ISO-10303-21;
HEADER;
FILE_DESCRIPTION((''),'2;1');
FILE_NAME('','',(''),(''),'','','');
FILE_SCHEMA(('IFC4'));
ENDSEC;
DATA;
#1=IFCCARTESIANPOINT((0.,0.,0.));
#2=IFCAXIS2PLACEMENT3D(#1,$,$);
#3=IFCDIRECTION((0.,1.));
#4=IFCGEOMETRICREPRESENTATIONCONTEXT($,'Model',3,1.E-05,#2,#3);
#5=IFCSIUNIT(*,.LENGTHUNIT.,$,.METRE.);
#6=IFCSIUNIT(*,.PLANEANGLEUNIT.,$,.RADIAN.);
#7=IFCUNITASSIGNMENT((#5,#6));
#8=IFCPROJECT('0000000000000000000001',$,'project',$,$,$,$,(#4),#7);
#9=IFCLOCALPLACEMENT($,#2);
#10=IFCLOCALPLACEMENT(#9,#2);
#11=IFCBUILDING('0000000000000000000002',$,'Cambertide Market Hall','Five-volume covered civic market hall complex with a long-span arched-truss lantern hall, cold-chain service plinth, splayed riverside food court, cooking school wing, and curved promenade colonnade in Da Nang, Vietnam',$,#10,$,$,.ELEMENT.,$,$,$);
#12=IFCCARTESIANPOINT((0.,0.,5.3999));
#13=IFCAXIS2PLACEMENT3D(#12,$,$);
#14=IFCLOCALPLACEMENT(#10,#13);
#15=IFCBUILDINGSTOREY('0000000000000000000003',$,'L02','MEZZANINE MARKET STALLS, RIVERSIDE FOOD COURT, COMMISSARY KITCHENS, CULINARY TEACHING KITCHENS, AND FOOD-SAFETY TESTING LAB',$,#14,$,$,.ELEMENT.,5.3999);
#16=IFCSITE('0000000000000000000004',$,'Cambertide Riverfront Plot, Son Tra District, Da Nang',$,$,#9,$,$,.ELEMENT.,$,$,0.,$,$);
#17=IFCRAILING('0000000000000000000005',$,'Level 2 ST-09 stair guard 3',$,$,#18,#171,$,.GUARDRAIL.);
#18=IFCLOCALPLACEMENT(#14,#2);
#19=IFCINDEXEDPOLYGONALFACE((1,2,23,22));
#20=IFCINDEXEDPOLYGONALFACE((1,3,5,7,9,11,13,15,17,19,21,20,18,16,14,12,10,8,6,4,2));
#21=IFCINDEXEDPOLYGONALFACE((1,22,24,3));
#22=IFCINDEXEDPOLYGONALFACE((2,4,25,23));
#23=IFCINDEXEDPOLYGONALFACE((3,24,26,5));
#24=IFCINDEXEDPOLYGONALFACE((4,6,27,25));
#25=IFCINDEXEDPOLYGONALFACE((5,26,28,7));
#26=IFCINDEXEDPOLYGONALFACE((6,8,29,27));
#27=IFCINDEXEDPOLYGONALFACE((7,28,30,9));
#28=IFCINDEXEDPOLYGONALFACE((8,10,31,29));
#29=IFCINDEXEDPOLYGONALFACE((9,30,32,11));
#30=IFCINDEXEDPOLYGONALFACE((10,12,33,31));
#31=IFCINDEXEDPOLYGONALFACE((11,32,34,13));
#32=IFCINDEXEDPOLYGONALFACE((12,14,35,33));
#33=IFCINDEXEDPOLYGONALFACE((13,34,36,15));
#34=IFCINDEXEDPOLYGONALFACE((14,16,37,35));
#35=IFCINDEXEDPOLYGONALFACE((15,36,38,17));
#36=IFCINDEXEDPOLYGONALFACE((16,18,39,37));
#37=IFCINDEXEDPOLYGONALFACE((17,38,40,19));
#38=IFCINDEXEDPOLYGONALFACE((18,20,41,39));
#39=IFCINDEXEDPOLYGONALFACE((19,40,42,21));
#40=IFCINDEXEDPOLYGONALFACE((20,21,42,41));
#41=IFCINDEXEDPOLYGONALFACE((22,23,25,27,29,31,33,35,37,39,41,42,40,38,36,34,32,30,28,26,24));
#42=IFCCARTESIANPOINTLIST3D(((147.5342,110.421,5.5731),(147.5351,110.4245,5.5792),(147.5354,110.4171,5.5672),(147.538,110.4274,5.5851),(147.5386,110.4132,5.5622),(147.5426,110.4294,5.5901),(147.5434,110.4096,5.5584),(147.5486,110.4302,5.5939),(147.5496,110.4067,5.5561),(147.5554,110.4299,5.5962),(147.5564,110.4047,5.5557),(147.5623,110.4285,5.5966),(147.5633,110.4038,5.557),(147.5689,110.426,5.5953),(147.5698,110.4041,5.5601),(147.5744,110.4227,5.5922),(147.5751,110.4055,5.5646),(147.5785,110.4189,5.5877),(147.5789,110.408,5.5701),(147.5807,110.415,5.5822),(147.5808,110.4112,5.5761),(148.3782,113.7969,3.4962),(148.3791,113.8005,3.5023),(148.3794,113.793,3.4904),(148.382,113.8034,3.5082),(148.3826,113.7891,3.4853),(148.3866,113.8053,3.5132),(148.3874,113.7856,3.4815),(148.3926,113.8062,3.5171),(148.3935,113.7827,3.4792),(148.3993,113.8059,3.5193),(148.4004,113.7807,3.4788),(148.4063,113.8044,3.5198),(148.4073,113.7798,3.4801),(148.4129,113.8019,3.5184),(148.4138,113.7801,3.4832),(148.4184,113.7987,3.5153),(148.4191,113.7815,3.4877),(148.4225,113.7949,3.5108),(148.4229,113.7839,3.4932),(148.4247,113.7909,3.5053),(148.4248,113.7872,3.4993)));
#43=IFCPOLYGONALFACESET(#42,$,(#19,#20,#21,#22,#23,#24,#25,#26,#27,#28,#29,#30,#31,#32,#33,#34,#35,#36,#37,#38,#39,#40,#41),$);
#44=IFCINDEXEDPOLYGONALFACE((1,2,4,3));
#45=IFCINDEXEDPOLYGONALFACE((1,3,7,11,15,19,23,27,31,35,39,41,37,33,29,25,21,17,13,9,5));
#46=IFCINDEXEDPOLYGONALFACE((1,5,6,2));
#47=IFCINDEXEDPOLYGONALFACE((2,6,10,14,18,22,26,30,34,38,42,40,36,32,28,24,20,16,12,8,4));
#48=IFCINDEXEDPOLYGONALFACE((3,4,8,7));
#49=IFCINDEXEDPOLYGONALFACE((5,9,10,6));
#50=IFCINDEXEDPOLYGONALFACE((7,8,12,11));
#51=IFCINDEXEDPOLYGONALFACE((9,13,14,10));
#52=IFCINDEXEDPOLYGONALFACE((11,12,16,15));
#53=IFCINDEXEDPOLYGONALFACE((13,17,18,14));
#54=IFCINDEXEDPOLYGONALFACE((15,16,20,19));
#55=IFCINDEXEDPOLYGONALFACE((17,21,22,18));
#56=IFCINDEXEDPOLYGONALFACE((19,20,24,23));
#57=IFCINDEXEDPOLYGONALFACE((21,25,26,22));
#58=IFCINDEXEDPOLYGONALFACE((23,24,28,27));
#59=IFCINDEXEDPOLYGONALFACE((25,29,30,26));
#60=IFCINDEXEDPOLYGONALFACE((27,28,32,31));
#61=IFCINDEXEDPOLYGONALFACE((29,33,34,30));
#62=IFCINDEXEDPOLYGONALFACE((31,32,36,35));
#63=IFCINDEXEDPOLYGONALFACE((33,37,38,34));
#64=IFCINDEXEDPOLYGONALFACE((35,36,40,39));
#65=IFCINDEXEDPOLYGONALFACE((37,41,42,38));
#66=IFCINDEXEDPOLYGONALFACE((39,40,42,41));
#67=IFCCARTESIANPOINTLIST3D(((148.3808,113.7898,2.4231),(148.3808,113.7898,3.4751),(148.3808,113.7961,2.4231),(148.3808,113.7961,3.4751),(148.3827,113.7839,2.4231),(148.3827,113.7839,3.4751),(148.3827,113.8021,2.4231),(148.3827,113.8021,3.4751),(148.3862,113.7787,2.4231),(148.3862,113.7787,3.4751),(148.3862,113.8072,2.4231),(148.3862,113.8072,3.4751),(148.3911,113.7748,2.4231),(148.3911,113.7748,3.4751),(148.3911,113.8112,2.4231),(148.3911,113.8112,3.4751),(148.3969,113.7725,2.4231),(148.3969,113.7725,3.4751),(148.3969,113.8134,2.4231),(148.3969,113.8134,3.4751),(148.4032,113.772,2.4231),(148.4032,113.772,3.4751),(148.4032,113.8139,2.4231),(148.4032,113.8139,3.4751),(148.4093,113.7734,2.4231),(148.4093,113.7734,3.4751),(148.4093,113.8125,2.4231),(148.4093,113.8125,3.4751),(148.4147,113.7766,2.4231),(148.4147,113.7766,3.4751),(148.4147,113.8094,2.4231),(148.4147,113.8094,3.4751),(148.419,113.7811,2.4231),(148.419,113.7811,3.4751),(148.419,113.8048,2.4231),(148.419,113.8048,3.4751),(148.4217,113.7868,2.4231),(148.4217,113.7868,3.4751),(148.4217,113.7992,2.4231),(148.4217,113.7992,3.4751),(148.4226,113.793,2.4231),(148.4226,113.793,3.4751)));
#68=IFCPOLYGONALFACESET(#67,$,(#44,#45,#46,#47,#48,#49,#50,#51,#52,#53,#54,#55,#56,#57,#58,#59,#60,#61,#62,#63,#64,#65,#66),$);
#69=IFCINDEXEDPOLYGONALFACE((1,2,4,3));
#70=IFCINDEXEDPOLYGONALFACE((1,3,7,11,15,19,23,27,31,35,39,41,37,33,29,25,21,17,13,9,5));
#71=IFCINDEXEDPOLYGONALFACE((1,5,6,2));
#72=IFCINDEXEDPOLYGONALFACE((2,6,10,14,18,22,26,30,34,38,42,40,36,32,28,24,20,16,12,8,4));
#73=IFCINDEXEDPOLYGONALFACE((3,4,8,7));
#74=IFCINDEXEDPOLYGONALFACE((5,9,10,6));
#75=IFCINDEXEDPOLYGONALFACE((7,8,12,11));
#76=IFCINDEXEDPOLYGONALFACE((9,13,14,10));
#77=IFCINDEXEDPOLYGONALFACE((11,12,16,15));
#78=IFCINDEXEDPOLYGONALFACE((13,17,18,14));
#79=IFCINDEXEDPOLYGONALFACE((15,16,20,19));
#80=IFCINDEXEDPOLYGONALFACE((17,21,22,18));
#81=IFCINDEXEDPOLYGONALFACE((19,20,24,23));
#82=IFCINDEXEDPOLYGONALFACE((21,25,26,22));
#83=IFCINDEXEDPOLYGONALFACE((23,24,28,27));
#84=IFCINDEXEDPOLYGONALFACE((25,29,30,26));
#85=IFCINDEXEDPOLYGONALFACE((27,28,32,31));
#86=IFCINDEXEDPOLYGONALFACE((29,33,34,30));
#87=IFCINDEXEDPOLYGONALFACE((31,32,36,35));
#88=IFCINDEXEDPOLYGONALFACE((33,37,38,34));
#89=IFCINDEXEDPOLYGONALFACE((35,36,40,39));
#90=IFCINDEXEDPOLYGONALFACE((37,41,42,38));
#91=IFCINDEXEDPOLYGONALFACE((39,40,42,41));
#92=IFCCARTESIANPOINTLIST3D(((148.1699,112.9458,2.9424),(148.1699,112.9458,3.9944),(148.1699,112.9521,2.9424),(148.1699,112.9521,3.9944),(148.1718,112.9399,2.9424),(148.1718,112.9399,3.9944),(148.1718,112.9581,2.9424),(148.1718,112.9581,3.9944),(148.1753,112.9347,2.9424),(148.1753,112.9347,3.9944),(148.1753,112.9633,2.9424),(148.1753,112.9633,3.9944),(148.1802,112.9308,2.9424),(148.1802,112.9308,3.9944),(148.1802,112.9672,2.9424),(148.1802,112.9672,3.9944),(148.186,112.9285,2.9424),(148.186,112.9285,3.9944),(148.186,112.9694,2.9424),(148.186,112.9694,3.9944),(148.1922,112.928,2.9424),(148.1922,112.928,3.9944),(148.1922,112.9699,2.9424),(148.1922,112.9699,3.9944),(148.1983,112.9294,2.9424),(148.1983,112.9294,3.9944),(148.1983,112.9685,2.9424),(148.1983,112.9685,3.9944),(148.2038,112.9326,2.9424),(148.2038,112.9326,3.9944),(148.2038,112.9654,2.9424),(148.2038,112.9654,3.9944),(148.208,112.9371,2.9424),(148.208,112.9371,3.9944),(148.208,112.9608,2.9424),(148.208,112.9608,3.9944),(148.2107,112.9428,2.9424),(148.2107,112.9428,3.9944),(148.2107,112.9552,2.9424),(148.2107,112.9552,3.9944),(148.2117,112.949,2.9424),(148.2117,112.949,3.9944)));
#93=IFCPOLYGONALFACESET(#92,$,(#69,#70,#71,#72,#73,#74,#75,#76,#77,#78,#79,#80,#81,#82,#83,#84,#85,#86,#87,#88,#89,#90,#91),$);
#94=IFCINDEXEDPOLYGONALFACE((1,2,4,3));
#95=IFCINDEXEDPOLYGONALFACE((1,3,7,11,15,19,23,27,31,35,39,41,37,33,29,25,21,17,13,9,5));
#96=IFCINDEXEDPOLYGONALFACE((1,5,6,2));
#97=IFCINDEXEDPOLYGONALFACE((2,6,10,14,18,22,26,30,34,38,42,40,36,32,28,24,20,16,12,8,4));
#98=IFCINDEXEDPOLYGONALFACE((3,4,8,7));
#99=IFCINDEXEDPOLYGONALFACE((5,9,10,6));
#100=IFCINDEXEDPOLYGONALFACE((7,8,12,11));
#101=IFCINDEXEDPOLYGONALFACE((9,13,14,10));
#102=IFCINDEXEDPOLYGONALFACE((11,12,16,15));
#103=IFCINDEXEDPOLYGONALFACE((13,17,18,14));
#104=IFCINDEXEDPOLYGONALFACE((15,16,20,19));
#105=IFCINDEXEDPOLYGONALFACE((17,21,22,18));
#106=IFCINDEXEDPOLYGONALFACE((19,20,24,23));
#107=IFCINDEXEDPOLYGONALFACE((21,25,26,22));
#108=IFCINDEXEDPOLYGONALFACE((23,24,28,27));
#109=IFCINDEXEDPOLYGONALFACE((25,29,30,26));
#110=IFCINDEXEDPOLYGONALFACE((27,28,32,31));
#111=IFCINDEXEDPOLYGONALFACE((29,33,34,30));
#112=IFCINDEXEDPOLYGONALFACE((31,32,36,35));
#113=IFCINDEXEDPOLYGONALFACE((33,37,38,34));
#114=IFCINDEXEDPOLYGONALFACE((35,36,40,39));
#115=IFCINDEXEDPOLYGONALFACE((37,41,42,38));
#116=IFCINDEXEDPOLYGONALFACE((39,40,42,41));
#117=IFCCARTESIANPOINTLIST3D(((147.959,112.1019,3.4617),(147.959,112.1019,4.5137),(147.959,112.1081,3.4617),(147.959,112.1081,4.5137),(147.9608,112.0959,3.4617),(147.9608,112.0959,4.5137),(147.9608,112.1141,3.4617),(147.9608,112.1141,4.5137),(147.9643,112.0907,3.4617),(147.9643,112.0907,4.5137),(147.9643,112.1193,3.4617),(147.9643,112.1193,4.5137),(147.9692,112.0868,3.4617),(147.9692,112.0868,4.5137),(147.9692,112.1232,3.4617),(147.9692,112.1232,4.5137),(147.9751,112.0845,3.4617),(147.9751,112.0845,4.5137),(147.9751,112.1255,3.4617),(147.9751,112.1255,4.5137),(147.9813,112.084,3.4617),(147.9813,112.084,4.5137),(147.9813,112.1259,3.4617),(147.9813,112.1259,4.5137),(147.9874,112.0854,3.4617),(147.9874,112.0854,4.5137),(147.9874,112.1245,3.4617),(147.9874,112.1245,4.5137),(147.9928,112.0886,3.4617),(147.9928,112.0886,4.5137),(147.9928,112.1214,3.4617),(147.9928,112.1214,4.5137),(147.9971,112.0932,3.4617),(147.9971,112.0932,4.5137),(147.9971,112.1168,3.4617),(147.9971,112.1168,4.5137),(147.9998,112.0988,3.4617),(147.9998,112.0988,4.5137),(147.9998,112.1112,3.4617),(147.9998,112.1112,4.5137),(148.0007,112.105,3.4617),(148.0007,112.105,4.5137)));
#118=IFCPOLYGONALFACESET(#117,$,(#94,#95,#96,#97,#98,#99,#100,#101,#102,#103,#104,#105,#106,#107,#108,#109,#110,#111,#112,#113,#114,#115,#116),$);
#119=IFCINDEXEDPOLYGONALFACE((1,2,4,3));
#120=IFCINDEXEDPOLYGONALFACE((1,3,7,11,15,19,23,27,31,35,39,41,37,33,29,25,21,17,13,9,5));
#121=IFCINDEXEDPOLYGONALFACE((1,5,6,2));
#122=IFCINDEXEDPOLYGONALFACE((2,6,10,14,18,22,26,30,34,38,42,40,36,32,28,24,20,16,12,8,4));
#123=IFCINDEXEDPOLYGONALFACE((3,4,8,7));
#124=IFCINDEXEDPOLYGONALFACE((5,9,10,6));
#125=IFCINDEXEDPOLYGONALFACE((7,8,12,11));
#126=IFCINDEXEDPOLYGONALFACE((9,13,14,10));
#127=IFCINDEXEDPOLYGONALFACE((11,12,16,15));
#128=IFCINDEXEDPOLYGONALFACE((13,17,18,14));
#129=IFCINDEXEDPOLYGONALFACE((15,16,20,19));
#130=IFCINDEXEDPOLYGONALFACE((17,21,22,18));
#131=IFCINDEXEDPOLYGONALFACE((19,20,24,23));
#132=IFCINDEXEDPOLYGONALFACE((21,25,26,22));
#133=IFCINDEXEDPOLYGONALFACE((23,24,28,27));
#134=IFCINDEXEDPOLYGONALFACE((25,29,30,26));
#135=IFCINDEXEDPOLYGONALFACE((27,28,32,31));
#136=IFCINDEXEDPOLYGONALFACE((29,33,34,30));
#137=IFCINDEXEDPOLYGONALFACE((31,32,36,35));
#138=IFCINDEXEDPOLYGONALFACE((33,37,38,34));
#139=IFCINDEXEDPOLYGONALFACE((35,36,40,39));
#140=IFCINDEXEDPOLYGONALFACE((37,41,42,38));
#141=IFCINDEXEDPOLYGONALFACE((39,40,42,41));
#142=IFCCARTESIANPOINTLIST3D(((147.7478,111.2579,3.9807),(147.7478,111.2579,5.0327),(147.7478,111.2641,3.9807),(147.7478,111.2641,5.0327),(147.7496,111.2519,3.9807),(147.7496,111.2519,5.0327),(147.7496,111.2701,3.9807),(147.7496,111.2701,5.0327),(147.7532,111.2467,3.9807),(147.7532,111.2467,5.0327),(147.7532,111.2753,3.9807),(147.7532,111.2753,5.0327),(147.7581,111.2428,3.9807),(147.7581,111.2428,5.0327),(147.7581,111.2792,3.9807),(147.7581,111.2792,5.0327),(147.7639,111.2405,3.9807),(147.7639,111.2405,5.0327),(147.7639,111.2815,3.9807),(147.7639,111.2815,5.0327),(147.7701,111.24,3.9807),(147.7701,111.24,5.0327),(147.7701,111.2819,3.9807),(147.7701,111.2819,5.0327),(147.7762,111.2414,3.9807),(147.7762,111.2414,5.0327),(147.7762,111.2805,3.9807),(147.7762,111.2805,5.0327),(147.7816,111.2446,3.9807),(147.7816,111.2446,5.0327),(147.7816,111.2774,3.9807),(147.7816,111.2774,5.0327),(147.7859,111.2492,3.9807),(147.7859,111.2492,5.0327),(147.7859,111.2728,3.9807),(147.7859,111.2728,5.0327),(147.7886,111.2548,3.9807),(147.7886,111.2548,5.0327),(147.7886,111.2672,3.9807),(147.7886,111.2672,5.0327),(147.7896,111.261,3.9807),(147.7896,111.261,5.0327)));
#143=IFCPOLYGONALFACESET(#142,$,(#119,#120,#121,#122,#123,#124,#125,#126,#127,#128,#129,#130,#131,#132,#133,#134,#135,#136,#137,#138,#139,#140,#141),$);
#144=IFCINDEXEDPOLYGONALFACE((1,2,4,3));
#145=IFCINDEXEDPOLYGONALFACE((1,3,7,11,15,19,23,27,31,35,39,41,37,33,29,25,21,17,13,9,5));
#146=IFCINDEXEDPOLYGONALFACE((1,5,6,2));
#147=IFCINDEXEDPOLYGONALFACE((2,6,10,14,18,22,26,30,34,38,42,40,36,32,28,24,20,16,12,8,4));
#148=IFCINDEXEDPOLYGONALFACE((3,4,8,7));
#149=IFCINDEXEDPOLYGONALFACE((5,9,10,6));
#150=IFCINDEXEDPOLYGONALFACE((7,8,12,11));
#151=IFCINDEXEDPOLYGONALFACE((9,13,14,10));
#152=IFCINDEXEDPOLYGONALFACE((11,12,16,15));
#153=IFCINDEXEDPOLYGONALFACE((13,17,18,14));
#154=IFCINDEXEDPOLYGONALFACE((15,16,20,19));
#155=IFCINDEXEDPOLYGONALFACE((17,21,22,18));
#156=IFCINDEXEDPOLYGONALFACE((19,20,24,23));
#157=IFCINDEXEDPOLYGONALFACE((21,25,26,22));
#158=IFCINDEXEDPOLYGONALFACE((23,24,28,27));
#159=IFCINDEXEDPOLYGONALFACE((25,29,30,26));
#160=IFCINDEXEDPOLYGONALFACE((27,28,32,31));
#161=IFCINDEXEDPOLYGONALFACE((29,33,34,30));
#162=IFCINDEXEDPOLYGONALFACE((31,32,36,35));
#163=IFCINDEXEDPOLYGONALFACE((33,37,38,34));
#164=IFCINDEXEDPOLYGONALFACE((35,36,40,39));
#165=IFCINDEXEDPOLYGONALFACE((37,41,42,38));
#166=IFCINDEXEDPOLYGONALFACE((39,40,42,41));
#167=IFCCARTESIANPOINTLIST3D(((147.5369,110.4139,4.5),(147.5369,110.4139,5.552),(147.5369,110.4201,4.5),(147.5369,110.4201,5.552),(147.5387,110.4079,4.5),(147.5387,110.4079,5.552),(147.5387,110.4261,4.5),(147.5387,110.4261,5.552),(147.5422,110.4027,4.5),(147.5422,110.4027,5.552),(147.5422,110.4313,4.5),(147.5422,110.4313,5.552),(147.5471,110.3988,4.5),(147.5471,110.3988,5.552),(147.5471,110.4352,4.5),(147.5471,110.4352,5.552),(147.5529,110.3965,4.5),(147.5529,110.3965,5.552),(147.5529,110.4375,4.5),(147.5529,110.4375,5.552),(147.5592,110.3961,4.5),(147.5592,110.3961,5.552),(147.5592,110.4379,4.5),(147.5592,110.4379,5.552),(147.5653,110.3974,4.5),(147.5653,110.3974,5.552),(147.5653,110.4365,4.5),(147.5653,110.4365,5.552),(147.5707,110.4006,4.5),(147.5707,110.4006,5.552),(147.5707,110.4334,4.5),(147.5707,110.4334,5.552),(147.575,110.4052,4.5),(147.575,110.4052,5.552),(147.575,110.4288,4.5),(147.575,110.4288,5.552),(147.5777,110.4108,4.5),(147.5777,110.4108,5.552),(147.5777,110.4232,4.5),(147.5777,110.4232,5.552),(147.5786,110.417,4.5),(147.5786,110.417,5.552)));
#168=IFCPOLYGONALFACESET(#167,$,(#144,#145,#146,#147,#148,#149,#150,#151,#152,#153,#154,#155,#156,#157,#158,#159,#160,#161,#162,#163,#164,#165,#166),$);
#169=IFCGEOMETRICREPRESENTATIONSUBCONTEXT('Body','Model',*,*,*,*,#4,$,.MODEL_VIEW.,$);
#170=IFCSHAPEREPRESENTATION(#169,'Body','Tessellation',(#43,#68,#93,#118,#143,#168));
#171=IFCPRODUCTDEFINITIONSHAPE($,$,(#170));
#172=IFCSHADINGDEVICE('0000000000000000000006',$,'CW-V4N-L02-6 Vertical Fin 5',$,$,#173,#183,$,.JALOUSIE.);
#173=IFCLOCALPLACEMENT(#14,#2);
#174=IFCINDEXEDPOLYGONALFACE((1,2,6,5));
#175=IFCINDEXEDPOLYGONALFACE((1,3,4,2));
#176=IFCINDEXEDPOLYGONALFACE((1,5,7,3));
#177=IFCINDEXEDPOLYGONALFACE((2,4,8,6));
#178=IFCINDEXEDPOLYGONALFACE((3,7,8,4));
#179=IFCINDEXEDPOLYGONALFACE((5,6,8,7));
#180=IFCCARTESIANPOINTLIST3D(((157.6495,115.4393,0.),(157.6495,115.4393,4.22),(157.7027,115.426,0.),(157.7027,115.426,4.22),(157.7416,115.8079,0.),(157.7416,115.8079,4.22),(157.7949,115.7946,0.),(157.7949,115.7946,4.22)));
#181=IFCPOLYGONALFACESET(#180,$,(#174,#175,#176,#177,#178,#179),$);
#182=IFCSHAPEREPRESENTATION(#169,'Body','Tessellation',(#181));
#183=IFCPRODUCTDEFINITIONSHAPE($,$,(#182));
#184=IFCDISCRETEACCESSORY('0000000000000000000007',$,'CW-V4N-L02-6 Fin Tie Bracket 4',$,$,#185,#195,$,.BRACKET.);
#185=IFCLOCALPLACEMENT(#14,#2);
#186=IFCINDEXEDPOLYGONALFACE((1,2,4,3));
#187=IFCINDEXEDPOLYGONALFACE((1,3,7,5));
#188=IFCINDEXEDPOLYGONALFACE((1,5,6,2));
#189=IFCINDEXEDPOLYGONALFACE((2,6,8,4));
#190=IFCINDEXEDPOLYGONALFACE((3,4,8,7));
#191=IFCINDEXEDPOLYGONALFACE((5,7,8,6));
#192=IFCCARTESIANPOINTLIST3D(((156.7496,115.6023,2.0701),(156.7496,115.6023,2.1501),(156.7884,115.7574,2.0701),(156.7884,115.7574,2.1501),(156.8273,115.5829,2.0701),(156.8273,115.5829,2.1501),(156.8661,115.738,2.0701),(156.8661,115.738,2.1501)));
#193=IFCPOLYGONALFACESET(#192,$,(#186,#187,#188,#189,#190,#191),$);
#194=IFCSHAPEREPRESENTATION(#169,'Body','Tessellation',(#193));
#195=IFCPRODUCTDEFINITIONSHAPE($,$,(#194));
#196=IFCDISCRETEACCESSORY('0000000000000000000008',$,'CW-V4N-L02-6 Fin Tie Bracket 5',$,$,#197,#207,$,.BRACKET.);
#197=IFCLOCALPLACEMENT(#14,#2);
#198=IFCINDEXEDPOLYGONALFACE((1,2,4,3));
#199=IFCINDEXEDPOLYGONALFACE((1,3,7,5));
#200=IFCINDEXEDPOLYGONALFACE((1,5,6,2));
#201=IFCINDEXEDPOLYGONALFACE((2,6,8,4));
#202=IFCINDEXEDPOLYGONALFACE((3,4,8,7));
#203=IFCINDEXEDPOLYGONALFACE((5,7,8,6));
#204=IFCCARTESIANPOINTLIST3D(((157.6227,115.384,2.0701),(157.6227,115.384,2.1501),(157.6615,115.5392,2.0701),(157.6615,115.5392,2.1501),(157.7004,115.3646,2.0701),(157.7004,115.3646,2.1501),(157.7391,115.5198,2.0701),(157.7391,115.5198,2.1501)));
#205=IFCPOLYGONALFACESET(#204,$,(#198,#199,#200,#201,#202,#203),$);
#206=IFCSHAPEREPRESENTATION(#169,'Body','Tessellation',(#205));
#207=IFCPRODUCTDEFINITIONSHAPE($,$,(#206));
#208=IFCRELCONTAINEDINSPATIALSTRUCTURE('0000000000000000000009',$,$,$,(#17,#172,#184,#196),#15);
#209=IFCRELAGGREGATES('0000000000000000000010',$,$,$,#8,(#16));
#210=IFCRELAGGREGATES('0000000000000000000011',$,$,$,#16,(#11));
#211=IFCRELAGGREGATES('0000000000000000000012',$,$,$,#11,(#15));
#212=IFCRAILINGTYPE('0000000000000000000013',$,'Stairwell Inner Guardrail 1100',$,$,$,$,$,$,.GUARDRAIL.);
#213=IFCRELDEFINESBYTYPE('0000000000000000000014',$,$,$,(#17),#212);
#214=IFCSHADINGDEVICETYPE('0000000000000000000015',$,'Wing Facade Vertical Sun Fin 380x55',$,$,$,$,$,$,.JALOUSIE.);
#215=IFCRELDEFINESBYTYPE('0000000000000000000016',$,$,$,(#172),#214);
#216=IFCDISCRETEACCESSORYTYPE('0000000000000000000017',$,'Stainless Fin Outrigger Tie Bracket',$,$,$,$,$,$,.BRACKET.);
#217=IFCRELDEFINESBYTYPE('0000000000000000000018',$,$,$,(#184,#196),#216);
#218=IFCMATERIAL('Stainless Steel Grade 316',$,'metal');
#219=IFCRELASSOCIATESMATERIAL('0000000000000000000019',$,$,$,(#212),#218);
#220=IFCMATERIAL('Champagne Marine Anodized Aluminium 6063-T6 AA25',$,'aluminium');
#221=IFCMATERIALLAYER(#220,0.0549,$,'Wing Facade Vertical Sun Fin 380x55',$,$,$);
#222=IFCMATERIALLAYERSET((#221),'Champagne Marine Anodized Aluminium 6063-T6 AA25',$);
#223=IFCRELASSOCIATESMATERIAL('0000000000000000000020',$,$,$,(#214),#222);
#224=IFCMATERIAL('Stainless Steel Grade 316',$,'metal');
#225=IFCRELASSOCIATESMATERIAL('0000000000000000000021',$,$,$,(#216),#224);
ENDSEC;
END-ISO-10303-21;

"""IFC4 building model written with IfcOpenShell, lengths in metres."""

from ifc_helpers import new_model, si_unit, direction, frame, origin, origin_2d, place, context, subcontext, project, spatial, rectangle, circle, extrude, material, layer, layer_set, type_object, element, save


model = new_model("IFC4")

# Units and contexts
model_context = context("Model", 3, precision=1e-05, world=origin(), true_north=direction((0.0, 1.0)))
body_context = subcontext(model_context, "Body", "Model", "MODEL_VIEW")
ifc_project = project(units=[si_unit("LENGTHUNIT", "METRE"), si_unit("PLANEANGLEUNIT", "RADIAN")], contexts=[model_context])

# Site, building, storey
site_placement = place(None, origin())
site = spatial("IfcSite", under=ifc_project, at=site_placement, Name="Cambertide Riverfront Plot, Son Tra District, Da Nang", CompositionType="ELEMENT", RefElevation=0.0)
building_placement = place(site_placement, origin())
building = spatial("IfcBuilding", under=site, at=building_placement, Name="Cambertide Market Hall", Description="Five-volume covered civic market hall complex with a long-span arched-truss lantern hall, cold-chain service plinth, splayed riverside food court, cooking school wing, and curved promenade colonnade in Da Nang, Vietnam", CompositionType="ELEMENT")
storey_placement = place(building_placement, frame((0.0, 0.0, 5.3999)))
storey = spatial("IfcBuildingStorey", under=building, at=storey_placement, Name="L02", Description="MEZZANINE MARKET STALLS, RIVERSIDE FOOD COURT, COMMISSARY KITCHENS, CULINARY TEACHING KITCHENS, AND FOOD-SAFETY TESTING LAB", CompositionType="ELEMENT", Elevation=5.3999)

# Railing
ifc_material_1 = material(Name="Stainless Steel Grade 316", Category="metal")
railing_type_1 = type_object("IfcRailingType", Name="Stairwell Inner Guardrail 1100", PredefinedType="GUARDRAIL", material=ifc_material_1)
railing_1_placement = place(storey_placement, frame((148.4016, 113.793, 2.4231)))
element("IfcRailing", 1, at=railing_1_placement, inside=storey, type_object=railing_type_1, Name="Level 2 ST-09 stair guard 3", PredefinedType="GUARDRAIL", context=body_context, shape_type="SweptSolid", body=[
    extrude(circle(Radius=0.0239, at=origin_2d()), frame((0.0, 0.0, 1.0762), z_axis=(-0.208263, -0.833052, 0.512495), x_axis=(0.970143, -0.242536, 0.0)), (0.0, 0.0, 1.0), 4.0525),
    extrude(circle(Radius=0.021, at=origin_2d()), origin(), (0.0, 0.0, 1.0), 1.052),
    extrude(circle(Radius=0.021, at=origin_2d()), frame((-0.2109, -0.844, 0.5193)), (0.0, 0.0, 1.0), 1.052),
    extrude(circle(Radius=0.021, at=origin_2d()), frame((-0.4219, -1.688, 1.0386)), (0.0, 0.0, 1.0), 1.052),
    extrude(circle(Radius=0.021, at=origin_2d()), frame((-0.6331, -2.532, 1.5576)), (0.0, 0.0, 1.0), 1.052),
    extrude(circle(Radius=0.021, at=origin_2d()), frame((-0.844, -3.376, 2.0769)), (0.0, 0.0, 1.0), 1.052),
])

# Shading device
ifc_material_2 = material(Name="Champagne Marine Anodized Aluminium 6063-T6 AA25", Category="aluminium")
ifc_layer_1 = layer(ifc_material_2, 0.0549, Name="Wing Facade Vertical Sun Fin 380x55")
ifc_layer_set_1 = layer_set([ifc_layer_1], Name="Champagne Marine Anodized Aluminium 6063-T6 AA25")
shading_device_type = type_object("IfcShadingDeviceType", Name="Wing Facade Vertical Sun Fin 380x55", PredefinedType="JALOUSIE", material=ifc_layer_set_1)
shading_device_placement = place(storey_placement, frame((157.7222, 115.6169, 0.0), z_axis=(0.0, 0.0, 1.0), x_axis=(0.970143, -0.242536, 0.0)))
element("IfcShadingDevice", 2, at=shading_device_placement, inside=storey, type_object=shading_device_type, Name="CW-V4N-L02-6 Vertical Fin 5", PredefinedType="JALOUSIE", context=body_context, shape_type="SweptSolid", body=[
    extrude(rectangle(XDim=0.0549, YDim=0.3799, at=origin_2d()), origin(), (0.0, 0.0, 1.0), 4.22),
])

# Discrete accessories
ifc_material_3 = material(Name="Stainless Steel Grade 316", Category="metal")
discrete_accessory_type = type_object("IfcDiscreteAccessoryType", Name="Stainless Fin Outrigger Tie Bracket", PredefinedType="BRACKET", material=ifc_material_3)
for number, where, z_axis, x_axis, name in (
    (3, (156.8079, 115.6702, 2.0701), (0.0, 0.0, 1.0), (0.970143, -0.242536, 0.0), "CW-V4N-L02-6 Fin Tie Bracket 4"),
    (4, (157.6809, 115.4519, 2.0701), (0.0, 0.0, 1.0), (0.970143, -0.242536, 0.0), "CW-V4N-L02-6 Fin Tie Bracket 5"),
):
    element("IfcDiscreteAccessory", number, at=place(storey_placement, frame(where, z_axis=z_axis, x_axis=x_axis)), inside=storey, type_object=discrete_accessory_type, Name=name, PredefinedType="BRACKET", context=body_context, shape_type="SweptSolid", body=[
        extrude(rectangle(XDim=0.0801, YDim=0.1599, at=origin_2d()), origin(), (0.0, 0.0, 1.0), 0.0801),
    ])

save(model, "model.ifc")
